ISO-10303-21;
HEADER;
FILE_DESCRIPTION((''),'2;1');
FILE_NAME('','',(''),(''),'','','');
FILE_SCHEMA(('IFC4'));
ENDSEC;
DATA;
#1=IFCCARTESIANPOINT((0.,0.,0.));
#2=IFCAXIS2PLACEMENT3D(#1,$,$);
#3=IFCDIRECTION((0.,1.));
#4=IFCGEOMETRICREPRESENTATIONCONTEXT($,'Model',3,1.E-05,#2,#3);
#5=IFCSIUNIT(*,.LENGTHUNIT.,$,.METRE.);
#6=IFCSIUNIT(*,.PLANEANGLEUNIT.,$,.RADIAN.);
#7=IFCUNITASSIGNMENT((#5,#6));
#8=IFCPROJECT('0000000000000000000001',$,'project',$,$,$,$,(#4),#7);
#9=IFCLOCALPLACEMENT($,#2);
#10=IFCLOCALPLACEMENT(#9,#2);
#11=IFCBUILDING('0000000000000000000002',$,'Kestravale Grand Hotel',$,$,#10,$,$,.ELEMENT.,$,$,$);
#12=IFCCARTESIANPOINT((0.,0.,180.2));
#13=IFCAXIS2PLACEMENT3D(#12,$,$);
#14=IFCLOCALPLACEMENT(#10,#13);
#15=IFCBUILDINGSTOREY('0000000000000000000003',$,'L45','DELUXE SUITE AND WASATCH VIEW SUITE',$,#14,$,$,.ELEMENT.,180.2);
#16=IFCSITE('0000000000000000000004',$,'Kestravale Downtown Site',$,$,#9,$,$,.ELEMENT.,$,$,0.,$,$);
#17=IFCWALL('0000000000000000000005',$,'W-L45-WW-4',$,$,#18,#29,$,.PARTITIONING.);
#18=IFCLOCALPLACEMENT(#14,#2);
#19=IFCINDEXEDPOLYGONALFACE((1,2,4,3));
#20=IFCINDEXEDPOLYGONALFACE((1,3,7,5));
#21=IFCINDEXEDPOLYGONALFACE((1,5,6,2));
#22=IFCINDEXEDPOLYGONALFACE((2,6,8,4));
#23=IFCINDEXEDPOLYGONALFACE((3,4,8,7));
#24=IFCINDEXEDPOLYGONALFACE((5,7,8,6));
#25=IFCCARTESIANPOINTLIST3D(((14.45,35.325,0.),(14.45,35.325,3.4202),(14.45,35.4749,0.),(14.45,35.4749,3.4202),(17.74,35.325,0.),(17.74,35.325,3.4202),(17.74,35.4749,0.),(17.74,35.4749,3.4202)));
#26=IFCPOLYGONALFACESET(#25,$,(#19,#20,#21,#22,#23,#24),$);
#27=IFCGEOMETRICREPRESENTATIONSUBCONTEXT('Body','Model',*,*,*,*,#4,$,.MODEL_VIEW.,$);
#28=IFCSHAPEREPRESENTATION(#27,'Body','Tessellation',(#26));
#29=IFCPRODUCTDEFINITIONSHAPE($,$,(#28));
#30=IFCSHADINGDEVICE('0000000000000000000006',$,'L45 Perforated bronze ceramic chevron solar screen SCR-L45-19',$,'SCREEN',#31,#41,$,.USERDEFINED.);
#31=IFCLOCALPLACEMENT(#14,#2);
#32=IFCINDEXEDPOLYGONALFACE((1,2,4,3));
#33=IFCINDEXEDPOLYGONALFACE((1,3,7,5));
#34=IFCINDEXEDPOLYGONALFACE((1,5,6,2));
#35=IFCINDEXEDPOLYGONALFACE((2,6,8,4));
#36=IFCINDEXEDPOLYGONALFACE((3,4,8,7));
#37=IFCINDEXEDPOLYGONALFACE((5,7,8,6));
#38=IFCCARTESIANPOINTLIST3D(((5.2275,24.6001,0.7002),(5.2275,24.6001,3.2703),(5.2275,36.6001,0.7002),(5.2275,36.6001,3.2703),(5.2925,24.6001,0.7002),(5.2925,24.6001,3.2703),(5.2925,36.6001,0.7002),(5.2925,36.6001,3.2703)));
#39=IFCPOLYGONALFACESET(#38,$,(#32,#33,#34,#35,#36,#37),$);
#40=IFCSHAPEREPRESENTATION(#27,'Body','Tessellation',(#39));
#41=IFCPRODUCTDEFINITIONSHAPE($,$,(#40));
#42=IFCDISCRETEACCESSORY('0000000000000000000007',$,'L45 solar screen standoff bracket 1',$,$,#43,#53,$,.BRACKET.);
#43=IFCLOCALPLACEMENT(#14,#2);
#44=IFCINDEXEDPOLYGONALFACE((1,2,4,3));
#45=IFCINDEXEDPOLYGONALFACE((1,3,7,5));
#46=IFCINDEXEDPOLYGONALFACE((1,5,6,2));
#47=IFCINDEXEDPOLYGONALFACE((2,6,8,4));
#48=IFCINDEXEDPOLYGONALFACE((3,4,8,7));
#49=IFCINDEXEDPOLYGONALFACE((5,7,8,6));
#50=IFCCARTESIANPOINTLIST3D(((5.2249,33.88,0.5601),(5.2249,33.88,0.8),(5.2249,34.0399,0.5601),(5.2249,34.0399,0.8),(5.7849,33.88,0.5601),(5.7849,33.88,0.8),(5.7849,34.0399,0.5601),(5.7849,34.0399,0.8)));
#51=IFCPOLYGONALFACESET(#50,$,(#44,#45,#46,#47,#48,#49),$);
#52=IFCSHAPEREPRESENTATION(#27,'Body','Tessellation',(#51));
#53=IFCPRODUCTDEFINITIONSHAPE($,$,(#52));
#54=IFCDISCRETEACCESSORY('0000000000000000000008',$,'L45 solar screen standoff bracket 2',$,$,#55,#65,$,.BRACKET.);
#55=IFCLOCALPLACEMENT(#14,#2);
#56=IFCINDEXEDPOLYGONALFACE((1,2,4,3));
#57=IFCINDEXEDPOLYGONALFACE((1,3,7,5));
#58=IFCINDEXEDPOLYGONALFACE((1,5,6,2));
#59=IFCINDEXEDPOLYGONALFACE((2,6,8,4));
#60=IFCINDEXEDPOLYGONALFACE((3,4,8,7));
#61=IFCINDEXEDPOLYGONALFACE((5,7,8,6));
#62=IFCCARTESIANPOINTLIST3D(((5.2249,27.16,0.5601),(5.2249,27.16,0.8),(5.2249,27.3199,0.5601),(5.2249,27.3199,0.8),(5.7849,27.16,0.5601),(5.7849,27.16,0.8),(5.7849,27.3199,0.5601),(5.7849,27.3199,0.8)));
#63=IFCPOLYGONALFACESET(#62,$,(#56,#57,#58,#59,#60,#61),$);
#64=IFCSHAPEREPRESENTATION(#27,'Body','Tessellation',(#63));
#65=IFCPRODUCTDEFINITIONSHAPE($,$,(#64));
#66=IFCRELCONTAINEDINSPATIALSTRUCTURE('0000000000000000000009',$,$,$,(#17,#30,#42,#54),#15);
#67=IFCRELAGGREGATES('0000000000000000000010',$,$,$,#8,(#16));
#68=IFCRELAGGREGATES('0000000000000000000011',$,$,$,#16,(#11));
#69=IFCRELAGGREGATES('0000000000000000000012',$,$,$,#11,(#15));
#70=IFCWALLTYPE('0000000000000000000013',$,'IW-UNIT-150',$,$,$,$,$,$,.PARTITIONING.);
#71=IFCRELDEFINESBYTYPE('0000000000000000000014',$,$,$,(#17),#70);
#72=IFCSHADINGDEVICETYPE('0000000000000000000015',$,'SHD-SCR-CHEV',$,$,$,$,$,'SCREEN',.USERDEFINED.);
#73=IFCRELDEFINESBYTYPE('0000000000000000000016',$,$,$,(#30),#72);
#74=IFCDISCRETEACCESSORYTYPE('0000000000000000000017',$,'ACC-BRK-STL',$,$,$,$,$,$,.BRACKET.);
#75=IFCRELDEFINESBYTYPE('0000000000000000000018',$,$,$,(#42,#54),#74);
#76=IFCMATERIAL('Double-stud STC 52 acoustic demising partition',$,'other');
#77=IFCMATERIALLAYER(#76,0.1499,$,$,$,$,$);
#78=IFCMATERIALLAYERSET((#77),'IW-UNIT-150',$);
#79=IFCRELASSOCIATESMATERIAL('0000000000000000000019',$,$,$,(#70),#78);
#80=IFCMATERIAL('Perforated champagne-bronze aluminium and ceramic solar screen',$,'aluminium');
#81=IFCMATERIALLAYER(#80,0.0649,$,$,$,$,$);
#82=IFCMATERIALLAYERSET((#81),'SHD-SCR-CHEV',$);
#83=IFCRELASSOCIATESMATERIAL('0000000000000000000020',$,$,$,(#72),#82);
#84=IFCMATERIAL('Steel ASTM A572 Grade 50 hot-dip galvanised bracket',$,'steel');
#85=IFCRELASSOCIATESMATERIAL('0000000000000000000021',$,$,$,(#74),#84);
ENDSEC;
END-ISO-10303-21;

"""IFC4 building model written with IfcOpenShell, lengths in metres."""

from ifc_helpers import new_model, si_unit, direction, frame, frame_2d, origin, origin_2d, place, context, subcontext, project, spatial, rectangle, extrude, material, layer, layer_set, type_object, element, save


model = new_model("IFC4")

# Units and contexts
model_context = context("Model", 3, precision=1e-05, world=origin(), true_north=direction((0.0, 1.0)))
body_context = subcontext(model_context, "Body", "Model", "MODEL_VIEW")
ifc_project = project(units=[si_unit("LENGTHUNIT", "METRE"), si_unit("PLANEANGLEUNIT", "RADIAN")], contexts=[model_context])

# Site, building, storey
site_placement = place(None, origin())
site = spatial("IfcSite", under=ifc_project, at=site_placement, Name="Kestravale Downtown Site", CompositionType="ELEMENT", RefElevation=0.0)
building_placement = place(site_placement, origin())
building = spatial("IfcBuilding", under=site, at=building_placement, Name="Kestravale Grand Hotel", CompositionType="ELEMENT")
storey_placement = place(building_placement, frame((0.0, 0.0, 180.2)))
storey = spatial("IfcBuildingStorey", under=building, at=storey_placement, Name="L45", Description="DELUXE SUITE AND WASATCH VIEW SUITE", CompositionType="ELEMENT", Elevation=180.2)

# Wall
ifc_material_1 = material(Name="Double-stud STC 52 acoustic demising partition", Category="other")
ifc_layer_1 = layer(ifc_material_1, 0.1499)
ifc_layer_set_1 = layer_set([ifc_layer_1], Name="IW-UNIT-150")
wall_type_1 = type_object("IfcWallType", Name="IW-UNIT-150", PredefinedType="PARTITIONING", material=ifc_layer_set_1)
wall_1_placement = place(storey_placement, frame((14.45, 35.3999, 0.0), z_axis=(0.0, 0.0, 1.0), x_axis=(1.0, 0.0, 0.0)))
element("IfcWall", 1, at=wall_1_placement, inside=storey, type_object=wall_type_1, Name="W-L45-WW-4", PredefinedType="PARTITIONING", context=body_context, shape_type="SweptSolid", body=[
    extrude(rectangle(XDim=3.29, YDim=0.1499, at=frame_2d((1.645, 0.0))), origin(), (0.0, 0.0, 1.0), 3.4202),
])

# Shading device
ifc_material_2 = material(Name="Perforated champagne-bronze aluminium and ceramic solar screen", Category="aluminium")
ifc_layer_2 = layer(ifc_material_2, 0.0649)
ifc_layer_set_2 = layer_set([ifc_layer_2], Name="SHD-SCR-CHEV")
shading_device_type = type_object("IfcShadingDeviceType", Name="SHD-SCR-CHEV", ElementType="SCREEN", PredefinedType="USERDEFINED", material=ifc_layer_set_2)
shading_device_placement = place(storey_placement, frame((5.26, 30.6001, 0.7002), z_axis=(0.0, 0.0, 1.0), x_axis=(0.0, -1.0, 0.0)))
element("IfcShadingDevice", 2, at=shading_device_placement, inside=storey, type_object=shading_device_type, Name="L45 Perforated bronze ceramic chevron solar screen SCR-L45-19", ObjectType="SCREEN", PredefinedType="USERDEFINED", context=body_context, shape_type="SweptSolid", body=[
    extrude(rectangle(XDim=12.0, YDim=0.0649, at=origin_2d()), origin(), (0.0, 0.0, 1.0), 2.5701),
])

# Discrete accessories
ifc_material_3 = material(Name="Steel ASTM A572 Grade 50 hot-dip galvanised bracket", Category="steel")
discrete_accessory_type = type_object("IfcDiscreteAccessoryType", Name="ACC-BRK-STL", PredefinedType="BRACKET", material=ifc_material_3)
for number, where, z_axis, x_axis, name in (
    (3, (5.5049, 33.96, 0.5601), (0.0, 0.0, 1.0), (0.0, -1.0, 0.0), "L45 solar screen standoff bracket 1"),
    (4, (5.5049, 27.24, 0.5601), (0.0, 0.0, 1.0), (0.0, -1.0, 0.0), "L45 solar screen standoff bracket 2"),
):
    element("IfcDiscreteAccessory", number, at=place(storey_placement, frame(where, z_axis=z_axis, x_axis=x_axis)), inside=storey, type_object=discrete_accessory_type, Name=name, PredefinedType="BRACKET", context=body_context, shape_type="SweptSolid", body=[
        extrude(rectangle(XDim=0.1599, YDim=0.5601, at=origin_2d()), origin(), (0.0, 0.0, 1.0), 0.24),
    ])

save(model, "model.ifc")
